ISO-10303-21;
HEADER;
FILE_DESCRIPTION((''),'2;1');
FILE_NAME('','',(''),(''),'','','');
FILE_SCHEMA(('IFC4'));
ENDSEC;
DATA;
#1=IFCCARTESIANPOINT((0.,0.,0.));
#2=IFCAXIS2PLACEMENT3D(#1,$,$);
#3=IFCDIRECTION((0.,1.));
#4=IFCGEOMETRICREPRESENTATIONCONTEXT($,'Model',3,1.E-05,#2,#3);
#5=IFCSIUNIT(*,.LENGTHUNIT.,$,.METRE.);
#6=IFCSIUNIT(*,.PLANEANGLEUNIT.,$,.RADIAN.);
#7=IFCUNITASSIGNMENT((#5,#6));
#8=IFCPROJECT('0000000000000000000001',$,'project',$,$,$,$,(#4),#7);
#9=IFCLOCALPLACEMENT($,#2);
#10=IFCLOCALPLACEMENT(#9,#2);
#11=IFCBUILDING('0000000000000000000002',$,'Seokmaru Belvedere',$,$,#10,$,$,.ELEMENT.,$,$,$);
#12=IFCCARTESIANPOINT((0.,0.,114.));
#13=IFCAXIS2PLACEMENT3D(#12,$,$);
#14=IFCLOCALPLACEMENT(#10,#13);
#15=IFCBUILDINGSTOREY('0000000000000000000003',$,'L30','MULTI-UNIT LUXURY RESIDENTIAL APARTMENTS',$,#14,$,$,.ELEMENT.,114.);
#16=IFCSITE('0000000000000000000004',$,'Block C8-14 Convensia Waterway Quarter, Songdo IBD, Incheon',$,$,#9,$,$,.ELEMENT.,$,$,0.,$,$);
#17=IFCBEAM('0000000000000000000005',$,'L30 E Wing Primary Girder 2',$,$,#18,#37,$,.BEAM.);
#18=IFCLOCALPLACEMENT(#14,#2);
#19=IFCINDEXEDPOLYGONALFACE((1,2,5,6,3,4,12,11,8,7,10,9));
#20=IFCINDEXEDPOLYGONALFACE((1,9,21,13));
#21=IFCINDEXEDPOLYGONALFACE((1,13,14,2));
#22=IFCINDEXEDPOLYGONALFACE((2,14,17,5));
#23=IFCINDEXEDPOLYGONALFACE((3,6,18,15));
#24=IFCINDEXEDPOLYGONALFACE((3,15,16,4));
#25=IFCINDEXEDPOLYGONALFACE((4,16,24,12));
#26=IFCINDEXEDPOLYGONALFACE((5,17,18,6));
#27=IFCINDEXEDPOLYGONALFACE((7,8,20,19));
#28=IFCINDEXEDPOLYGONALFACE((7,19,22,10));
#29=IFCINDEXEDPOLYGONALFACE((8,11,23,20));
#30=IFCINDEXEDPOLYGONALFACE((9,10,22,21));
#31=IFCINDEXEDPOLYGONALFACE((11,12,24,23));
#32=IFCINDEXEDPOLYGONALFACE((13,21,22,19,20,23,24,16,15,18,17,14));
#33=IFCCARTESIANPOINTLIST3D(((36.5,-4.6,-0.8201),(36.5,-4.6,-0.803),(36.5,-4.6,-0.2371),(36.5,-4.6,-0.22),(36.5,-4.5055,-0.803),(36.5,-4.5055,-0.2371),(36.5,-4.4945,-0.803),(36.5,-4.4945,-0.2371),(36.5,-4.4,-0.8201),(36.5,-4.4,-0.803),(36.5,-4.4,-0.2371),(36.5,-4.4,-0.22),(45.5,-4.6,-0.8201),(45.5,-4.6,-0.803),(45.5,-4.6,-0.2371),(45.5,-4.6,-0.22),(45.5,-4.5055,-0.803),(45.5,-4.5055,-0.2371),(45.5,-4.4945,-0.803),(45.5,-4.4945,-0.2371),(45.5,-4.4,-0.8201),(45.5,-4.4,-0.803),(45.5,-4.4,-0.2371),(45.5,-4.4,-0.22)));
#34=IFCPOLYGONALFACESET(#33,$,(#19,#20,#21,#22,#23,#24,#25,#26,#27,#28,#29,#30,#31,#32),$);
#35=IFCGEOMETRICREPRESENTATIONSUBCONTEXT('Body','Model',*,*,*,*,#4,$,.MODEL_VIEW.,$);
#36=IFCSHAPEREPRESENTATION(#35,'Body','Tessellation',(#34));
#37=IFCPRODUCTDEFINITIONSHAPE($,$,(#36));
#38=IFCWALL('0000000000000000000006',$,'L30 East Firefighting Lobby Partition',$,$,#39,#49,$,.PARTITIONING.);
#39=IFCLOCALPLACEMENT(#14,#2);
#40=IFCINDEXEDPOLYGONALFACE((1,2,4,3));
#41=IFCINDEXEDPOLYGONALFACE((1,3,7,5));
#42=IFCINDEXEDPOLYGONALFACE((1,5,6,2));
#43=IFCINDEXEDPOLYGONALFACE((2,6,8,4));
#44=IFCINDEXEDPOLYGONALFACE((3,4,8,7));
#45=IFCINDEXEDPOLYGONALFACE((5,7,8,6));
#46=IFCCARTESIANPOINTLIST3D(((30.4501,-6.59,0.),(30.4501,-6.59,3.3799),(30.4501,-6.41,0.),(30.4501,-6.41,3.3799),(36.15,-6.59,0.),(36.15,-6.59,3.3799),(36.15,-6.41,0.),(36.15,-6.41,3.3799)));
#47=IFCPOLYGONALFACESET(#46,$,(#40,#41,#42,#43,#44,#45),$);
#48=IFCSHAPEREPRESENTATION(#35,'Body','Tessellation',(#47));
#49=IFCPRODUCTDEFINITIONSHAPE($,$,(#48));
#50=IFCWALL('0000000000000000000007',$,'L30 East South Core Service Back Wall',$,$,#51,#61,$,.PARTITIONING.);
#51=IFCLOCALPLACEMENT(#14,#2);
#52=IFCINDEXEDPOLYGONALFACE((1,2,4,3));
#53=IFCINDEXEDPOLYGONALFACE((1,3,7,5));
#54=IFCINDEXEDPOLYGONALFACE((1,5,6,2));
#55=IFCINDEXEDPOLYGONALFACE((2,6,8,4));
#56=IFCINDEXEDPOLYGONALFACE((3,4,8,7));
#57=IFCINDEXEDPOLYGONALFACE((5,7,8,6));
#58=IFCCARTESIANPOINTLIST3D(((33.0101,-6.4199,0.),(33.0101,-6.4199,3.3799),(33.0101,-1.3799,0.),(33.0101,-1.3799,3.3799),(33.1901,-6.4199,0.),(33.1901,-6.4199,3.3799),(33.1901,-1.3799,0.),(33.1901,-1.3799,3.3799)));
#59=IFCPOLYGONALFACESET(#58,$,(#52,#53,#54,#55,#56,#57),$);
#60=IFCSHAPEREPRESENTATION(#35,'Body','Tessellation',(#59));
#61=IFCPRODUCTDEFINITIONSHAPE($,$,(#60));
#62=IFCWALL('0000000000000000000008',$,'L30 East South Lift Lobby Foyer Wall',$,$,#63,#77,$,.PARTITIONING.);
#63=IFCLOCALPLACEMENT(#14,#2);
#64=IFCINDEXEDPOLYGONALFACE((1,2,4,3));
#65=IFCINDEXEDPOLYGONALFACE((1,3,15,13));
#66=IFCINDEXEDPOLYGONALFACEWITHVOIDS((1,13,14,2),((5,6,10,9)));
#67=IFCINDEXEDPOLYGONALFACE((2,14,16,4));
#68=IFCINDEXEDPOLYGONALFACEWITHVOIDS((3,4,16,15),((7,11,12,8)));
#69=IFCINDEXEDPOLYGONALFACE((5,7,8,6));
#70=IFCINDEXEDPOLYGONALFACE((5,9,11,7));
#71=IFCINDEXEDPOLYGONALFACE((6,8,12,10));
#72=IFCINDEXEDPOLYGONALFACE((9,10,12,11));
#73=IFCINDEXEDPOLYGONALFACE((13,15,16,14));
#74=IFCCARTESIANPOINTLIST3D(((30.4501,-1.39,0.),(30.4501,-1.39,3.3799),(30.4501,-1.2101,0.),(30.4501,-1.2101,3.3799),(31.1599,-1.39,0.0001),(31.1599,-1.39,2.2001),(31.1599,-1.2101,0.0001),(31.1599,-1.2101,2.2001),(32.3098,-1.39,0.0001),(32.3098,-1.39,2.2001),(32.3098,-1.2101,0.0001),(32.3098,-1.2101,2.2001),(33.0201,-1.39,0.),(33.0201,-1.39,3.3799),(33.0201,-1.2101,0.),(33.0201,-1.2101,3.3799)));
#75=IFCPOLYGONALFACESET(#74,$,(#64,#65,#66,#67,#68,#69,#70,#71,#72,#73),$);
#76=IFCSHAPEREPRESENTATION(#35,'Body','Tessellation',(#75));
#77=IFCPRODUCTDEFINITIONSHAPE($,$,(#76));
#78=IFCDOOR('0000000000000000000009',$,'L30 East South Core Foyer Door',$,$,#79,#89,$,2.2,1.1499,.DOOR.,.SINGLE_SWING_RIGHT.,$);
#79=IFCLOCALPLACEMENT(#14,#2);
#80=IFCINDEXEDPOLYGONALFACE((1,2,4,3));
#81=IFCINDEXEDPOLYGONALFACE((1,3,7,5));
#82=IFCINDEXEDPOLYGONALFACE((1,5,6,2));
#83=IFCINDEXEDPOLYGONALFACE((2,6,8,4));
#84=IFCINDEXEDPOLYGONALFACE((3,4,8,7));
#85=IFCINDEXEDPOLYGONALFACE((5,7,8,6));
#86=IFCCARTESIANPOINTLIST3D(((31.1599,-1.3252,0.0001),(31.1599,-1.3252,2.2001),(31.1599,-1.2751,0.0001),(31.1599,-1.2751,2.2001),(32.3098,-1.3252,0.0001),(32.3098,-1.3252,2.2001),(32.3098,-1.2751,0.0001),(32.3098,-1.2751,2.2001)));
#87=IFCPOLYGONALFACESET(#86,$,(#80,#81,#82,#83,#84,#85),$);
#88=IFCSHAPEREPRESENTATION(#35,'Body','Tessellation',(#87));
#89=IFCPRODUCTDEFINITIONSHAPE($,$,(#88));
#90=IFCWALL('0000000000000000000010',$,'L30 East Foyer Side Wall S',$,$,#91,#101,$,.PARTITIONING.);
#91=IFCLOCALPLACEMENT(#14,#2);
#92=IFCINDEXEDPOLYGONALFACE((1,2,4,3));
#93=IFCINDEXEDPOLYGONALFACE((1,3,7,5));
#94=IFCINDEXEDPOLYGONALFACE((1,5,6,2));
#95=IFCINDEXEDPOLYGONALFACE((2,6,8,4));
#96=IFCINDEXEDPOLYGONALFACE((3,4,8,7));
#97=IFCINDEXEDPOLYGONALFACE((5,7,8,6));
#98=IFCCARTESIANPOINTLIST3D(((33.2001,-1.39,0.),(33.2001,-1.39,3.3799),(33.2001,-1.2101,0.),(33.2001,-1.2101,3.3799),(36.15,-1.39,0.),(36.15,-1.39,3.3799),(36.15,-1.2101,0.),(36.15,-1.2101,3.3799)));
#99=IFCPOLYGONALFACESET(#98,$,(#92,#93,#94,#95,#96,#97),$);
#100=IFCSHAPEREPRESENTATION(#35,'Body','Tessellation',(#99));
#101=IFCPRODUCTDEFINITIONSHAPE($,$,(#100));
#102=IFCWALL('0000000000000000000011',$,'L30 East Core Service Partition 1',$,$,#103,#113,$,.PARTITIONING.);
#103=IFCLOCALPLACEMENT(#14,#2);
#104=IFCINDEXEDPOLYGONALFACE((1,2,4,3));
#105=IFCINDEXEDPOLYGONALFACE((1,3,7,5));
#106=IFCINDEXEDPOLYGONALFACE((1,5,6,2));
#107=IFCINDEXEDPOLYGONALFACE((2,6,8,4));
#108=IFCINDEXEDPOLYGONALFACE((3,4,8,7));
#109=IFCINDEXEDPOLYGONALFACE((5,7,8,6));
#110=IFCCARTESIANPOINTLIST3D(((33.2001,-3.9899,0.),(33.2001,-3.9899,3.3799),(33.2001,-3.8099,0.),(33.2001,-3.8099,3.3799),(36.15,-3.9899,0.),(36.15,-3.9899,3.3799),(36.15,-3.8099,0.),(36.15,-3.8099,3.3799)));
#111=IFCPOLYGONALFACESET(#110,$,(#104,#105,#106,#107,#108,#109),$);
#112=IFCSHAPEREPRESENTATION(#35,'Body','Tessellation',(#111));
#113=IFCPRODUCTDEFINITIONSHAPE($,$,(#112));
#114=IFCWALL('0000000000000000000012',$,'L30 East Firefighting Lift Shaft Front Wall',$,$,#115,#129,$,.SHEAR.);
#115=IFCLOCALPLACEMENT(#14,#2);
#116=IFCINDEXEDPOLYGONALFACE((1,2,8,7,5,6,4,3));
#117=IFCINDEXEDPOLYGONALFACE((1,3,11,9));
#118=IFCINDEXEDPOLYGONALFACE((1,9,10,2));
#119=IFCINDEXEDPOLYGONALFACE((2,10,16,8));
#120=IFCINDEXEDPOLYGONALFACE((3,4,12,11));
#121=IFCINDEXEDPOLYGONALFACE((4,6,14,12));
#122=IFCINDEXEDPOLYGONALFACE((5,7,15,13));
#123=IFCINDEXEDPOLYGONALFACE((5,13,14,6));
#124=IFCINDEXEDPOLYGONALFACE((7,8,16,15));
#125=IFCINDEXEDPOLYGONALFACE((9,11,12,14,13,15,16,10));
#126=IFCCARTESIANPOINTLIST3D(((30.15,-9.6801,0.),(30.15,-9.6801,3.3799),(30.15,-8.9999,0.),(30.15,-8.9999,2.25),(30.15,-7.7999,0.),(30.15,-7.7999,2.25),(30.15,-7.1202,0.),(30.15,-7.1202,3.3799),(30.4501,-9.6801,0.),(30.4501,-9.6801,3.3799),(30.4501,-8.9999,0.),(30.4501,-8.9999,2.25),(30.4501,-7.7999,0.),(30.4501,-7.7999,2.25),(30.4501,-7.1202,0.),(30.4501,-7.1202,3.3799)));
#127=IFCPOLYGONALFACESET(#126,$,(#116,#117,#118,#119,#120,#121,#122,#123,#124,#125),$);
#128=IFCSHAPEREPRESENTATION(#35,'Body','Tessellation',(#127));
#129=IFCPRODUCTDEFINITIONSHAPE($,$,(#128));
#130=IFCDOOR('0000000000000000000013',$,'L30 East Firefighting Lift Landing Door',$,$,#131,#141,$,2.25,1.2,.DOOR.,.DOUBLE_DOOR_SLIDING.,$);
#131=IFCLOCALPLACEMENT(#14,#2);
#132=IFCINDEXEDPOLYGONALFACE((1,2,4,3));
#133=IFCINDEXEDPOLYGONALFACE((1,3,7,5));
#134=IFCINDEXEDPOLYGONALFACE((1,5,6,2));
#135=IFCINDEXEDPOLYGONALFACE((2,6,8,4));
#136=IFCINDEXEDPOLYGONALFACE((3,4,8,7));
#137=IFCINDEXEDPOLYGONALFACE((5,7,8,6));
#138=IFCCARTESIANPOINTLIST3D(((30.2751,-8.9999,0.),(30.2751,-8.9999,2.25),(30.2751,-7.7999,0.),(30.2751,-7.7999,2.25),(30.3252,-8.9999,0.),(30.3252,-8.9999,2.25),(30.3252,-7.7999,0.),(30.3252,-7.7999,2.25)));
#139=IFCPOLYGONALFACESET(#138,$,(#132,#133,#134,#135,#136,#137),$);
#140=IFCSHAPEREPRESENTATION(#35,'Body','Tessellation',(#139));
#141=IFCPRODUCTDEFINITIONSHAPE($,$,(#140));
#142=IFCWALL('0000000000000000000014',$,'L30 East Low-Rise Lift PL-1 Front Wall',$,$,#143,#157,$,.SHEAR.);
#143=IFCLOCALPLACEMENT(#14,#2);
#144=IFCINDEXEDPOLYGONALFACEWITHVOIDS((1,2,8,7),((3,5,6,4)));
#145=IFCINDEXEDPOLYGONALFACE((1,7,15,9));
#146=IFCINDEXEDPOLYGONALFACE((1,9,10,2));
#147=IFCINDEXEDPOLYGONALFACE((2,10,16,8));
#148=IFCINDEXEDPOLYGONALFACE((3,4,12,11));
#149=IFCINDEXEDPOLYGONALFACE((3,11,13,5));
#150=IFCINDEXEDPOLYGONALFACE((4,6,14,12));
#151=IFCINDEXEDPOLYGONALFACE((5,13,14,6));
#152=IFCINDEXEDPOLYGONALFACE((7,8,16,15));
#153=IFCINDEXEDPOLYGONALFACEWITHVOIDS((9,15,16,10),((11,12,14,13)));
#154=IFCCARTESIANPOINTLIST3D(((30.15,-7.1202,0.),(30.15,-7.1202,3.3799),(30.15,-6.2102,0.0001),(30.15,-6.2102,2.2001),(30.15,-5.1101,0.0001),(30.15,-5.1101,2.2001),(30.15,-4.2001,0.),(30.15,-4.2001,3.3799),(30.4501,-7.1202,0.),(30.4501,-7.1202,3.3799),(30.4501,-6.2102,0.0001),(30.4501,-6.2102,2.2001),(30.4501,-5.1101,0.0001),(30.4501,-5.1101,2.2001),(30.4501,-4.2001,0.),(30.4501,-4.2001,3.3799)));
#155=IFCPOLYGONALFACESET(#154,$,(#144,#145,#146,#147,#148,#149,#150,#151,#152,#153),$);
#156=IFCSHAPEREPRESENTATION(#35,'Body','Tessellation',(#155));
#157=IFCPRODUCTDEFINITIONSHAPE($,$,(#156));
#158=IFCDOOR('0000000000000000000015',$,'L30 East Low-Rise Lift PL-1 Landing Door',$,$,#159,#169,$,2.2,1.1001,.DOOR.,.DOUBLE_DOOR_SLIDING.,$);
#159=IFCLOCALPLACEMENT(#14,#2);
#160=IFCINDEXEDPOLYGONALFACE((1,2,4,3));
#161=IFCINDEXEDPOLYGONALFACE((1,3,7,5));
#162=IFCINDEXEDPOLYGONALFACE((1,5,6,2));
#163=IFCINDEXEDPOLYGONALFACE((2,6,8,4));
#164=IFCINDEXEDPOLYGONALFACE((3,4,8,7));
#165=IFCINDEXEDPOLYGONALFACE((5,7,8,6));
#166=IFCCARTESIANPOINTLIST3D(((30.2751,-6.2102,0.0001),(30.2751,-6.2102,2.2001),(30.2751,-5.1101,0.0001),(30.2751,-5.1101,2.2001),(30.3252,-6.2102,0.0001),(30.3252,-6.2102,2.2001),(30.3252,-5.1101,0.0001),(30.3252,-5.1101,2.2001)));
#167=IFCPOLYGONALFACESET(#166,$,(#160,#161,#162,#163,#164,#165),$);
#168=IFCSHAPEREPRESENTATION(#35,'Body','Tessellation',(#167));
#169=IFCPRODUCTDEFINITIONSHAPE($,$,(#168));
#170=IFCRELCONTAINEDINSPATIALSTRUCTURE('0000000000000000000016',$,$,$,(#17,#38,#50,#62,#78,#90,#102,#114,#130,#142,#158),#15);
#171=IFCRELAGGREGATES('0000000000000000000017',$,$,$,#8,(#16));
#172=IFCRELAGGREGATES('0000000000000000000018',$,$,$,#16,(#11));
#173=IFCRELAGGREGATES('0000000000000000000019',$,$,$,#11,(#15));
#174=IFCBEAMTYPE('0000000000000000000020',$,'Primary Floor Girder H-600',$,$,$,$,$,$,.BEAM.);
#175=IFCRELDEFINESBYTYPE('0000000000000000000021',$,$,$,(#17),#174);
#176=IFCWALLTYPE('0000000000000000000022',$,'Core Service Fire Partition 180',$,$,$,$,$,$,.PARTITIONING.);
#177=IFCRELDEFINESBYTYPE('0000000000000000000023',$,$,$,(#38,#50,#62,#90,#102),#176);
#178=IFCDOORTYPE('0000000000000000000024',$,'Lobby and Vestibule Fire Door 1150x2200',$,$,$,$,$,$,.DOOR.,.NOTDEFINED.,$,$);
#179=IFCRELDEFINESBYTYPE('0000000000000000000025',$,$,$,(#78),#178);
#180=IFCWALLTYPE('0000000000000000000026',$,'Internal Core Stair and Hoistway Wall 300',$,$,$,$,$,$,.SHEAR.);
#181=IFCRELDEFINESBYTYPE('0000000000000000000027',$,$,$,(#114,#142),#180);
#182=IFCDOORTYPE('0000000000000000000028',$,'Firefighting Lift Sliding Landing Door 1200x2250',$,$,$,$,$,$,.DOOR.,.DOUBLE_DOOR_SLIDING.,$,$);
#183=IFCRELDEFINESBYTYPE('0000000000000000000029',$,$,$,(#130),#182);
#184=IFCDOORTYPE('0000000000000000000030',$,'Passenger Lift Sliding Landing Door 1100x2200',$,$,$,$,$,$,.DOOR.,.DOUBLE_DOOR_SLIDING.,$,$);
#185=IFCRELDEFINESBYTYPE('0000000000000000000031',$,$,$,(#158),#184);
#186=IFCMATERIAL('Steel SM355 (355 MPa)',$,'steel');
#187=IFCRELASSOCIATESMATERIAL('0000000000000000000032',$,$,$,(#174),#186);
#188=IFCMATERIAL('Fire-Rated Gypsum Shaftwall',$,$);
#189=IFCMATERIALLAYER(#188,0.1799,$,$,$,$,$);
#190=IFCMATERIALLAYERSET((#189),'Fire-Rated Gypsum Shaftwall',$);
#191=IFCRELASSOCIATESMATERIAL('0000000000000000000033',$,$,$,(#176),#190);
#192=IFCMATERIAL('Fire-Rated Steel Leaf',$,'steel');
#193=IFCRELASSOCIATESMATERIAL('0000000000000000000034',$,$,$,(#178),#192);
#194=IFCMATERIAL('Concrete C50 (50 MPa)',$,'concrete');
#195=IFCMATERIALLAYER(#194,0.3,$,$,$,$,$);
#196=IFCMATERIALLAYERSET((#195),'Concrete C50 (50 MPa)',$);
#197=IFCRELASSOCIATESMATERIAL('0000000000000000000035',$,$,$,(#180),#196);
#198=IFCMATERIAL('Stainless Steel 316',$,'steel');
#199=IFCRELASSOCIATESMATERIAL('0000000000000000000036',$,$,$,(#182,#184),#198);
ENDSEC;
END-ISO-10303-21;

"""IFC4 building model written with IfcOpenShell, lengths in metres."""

from ifc_helpers import new_model, si_unit, direction, frame, frame_2d, origin, origin_2d, place, context, subcontext, project, spatial, rectangle, i_section, extrude, source, transform, mapped, material, layer, layer_set, material_profile, profile_set, type_object, type_shapes, element, fill, save


model = new_model("IFC4")

# Units and contexts
model_context = context("Model", 3, precision=1e-05, world=origin(), true_north=direction((0.0, 1.0)))
body_context = subcontext(model_context, "Body", "Model", "MODEL_VIEW")
ifc_project = project(units=[si_unit("LENGTHUNIT", "METRE"), si_unit("PLANEANGLEUNIT", "RADIAN")], contexts=[model_context])

# Site, building, storey
site_placement = place(None, origin())
site = spatial("IfcSite", under=ifc_project, at=site_placement, Name="Block C8-14 Convensia Waterway Quarter, Songdo IBD, Incheon", CompositionType="ELEMENT", RefElevation=0.0)
building_placement = place(site_placement, origin())
building = spatial("IfcBuilding", under=site, at=building_placement, Name="Seokmaru Belvedere", CompositionType="ELEMENT")
storey_placement = place(building_placement, frame((0.0, 0.0, 114.0)))
storey = spatial("IfcBuildingStorey", under=building, at=storey_placement, Name="L30", Description="MULTI-UNIT LUXURY RESIDENTIAL APARTMENTS", CompositionType="ELEMENT", Elevation=114.0)

# Beam
ifc_material_1 = material(Name="Steel SM355 (355 MPa)", Category="steel")
ifc_material_profile = material_profile(ifc_material_1, i_section(OverallWidth=0.2, OverallDepth=0.6001, WebThickness=0.011, FlangeThickness=0.0171, at=origin_2d()), Name="H-600x200x11x17")
ifc_profile_set = profile_set([ifc_material_profile], Name="Steel SM355 (355 MPa)")
beam_type = type_object("IfcBeamType", Name="Primary Floor Girder H-600", PredefinedType="BEAM", material=ifc_profile_set)
shared_shape_1 = source(origin(), body_context, "Body", "SweptSolid", [
    extrude(i_section(OverallWidth=0.2, OverallDepth=0.6001, WebThickness=0.011, FlangeThickness=0.0171, at=origin_2d()), origin(), (0.0, 0.0, 1.0), 9.0),
])
type_shapes(beam_type, [shared_shape_1])
beam_placement = place(storey_placement, frame((36.5, -4.5, -0.52), z_axis=(1.0, 0.0, 0.0), x_axis=(0.0, 1.0, 0.0)))
element("IfcBeam", 1, at=beam_placement, inside=storey, type_object=beam_type, Name="L30 E Wing Primary Girder 2", PredefinedType="BEAM", context=body_context, shape_type="MappedRepresentation", body=[
    mapped(shared_shape_1, transform((0.0, 0.0, 0.0), scale=1.0)),
])

# Walls
ifc_material_2 = material(Name="Fire-Rated Gypsum Shaftwall")
ifc_layer_1 = layer(ifc_material_2, 0.1799)
ifc_layer_set_1 = layer_set([ifc_layer_1], Name="Fire-Rated Gypsum Shaftwall")
wall_type_1 = type_object("IfcWallType", Name="Core Service Fire Partition 180", PredefinedType="PARTITIONING", material=ifc_layer_set_1)
wall_1_placement = place(storey_placement, frame((30.45, -6.5, 0.0), z_axis=(0.0, 0.0, 1.0), x_axis=(1.0, 0.0, 0.0)))
element("IfcWall", 2, at=wall_1_placement, inside=storey, type_object=wall_type_1, Name="L30 East Firefighting Lobby Partition", PredefinedType="PARTITIONING", context=body_context, shape_type="SweptSolid", body=[
    extrude(rectangle(XDim=5.7, YDim=0.1799, at=frame_2d((2.8501, 0.0))), origin(), (0.0, 0.0, 1.0), 3.3799),
])
wall_2_placement = place(storey_placement, frame((33.1001, -6.4199, 0.0), z_axis=(0.0, 0.0, 1.0), x_axis=(0.0, 1.0, 0.0)))
element("IfcWall", 3, at=wall_2_placement, inside=storey, type_object=wall_type_1, Name="L30 East South Core Service Back Wall", PredefinedType="PARTITIONING", context=body_context, shape_type="SweptSolid", body=[
    extrude(rectangle(XDim=5.04, YDim=0.1799, at=frame_2d((2.52, 0.0))), origin(), (0.0, 0.0, 1.0), 3.3799),
])

# Wall, opening, door
wall_3_placement = place(storey_placement, frame((30.45, -1.3, 0.0), z_axis=(0.0, 0.0, 1.0), x_axis=(1.0, 0.0, 0.0)))
wall_3 = element("IfcWall", 4, at=wall_3_placement, inside=storey, type_object=wall_type_1, Name="L30 East South Lift Lobby Foyer Wall", PredefinedType="PARTITIONING", context=body_context, shape_type="SweptSolid", body=[
    extrude(rectangle(XDim=2.5701, YDim=0.1799, at=frame_2d((1.2852, 0.0))), origin(), (0.0, 0.0, 1.0), 3.3799),
])
opening_1_placement = place(wall_3_placement, frame((0.71, 0.0, 0.0)))
opening_1 = element("IfcOpeningElement", 5, at=opening_1_placement, cuts=wall_3, PredefinedType="OPENING", context=body_context, shape_type="SweptSolid", body=[
    extrude(rectangle(XDim=1.1499, YDim=2.2, at=frame_2d((0.575, 1.1001))), frame((0.0, 0.1001, 0.0), z_axis=(0.0, -1.0, 0.0), x_axis=(1.0, 0.0, 0.0)), (0.0, 0.0, 1.0), 0.2),
])
ifc_material_3 = material(Name="Fire-Rated Steel Leaf", Category="steel")
door_type_1 = type_object("IfcDoorType", Name="Lobby and Vestibule Fire Door 1150x2200", OperationType="NOTDEFINED", PredefinedType="DOOR", material=ifc_material_3)
shared_shape_2 = source(origin(), body_context, "Body", "SweptSolid", [
    extrude(rectangle(XDim=1.1499, YDim=2.2, at=frame_2d((0.575, 1.1001))), frame((0.0, 0.0249, 0.0), z_axis=(0.0, -1.0, 0.0), x_axis=(1.0, 0.0, 0.0)), (0.0, 0.0, 1.0), 0.05),
])
type_shapes(door_type_1, [shared_shape_2])
door_1_placement = place(opening_1_placement, origin())
door_1 = element("IfcDoor", 6, at=door_1_placement, inside=storey, type_object=door_type_1, Name="L30 East South Core Foyer Door", OperationType="SINGLE_SWING_RIGHT", OverallHeight=2.2, OverallWidth=1.1499, PredefinedType="DOOR", context=body_context, shape_type="MappedRepresentation", body=[
    mapped(shared_shape_2, transform((0.0, 0.0, 0.0), scale=1.0)),
])
fill(opening_1, door_1)

# Walls
for number, where, z_axis, x_axis, name in (
    (7, (33.2, -1.3, 0.0), (0.0, 0.0, 1.0), (1.0, 0.0, 0.0), "L30 East Foyer Side Wall S"),
    (8, (33.2, -3.8999, 0.0), (0.0, 0.0, 1.0), (1.0, 0.0, 0.0), "L30 East Core Service Partition 1"),
):
    element("IfcWall", number, at=place(storey_placement, frame(where, z_axis=z_axis, x_axis=x_axis)), inside=storey, type_object=wall_type_1, Name=name, PredefinedType="PARTITIONING", context=body_context, shape_type="SweptSolid", body=[
        extrude(rectangle(XDim=2.95, YDim=0.1799, at=frame_2d((1.4751, 0.0))), origin(), (0.0, 0.0, 1.0), 3.3799),
    ])

# Walls, openings, doors
ifc_material_4 = material(Name="Concrete C50 (50 MPa)", Category="concrete")
ifc_layer_2 = layer(ifc_material_4, 0.3)
ifc_layer_set_2 = layer_set([ifc_layer_2], Name="Concrete C50 (50 MPa)")
wall_type_2 = type_object("IfcWallType", Name="Internal Core Stair and Hoistway Wall 300", PredefinedType="SHEAR", material=ifc_layer_set_2)
wall_4_placement = place(storey_placement, frame((30.3, -9.6799, 0.0), z_axis=(0.0, 0.0, 1.0), x_axis=(0.0, 1.0, 0.0)))
wall_4 = element("IfcWall", 9, at=wall_4_placement, inside=storey, type_object=wall_type_2, Name="L30 East Firefighting Lift Shaft Front Wall", PredefinedType="SHEAR", context=body_context, shape_type="SweptSolid", body=[
    extrude(rectangle(XDim=2.5598, YDim=0.3, at=frame_2d((1.2798, 0.0))), origin(), (0.0, 0.0, 1.0), 3.3799),
])
opening_2_placement = place(wall_4_placement, frame((0.6799, 0.0, 0.0)))
opening_2 = element("IfcOpeningElement", 10, at=opening_2_placement, cuts=wall_4, PredefinedType="OPENING", context=body_context, shape_type="SweptSolid", body=[
    extrude(rectangle(XDim=1.2, YDim=2.25, at=frame_2d((0.6001, 1.125))), frame((0.0, 0.1602, 0.0), z_axis=(0.0, -1.0, 0.0), x_axis=(1.0, 0.0, 0.0)), (0.0, 0.0, 1.0), 0.3201),
])
ifc_material_5 = material(Name="Stainless Steel 316", Category="steel")
door_type_2 = type_object("IfcDoorType", Name="Firefighting Lift Sliding Landing Door 1200x2250", OperationType="DOUBLE_DOOR_SLIDING", PredefinedType="DOOR", material=ifc_material_5)
shared_shape_3 = source(origin(), body_context, "Body", "SweptSolid", [
    extrude(rectangle(XDim=1.2, YDim=2.25, at=frame_2d((0.6001, 1.125))), frame((0.0, 0.0249, 0.0), z_axis=(0.0, -1.0, 0.0), x_axis=(1.0, 0.0, 0.0)), (0.0, 0.0, 1.0), 0.05),
])
type_shapes(door_type_2, [shared_shape_3])
door_2_placement = place(opening_2_placement, origin())
door_2 = element("IfcDoor", 11, at=door_2_placement, inside=storey, type_object=door_type_2, Name="L30 East Firefighting Lift Landing Door", OperationType="DOUBLE_DOOR_SLIDING", OverallHeight=2.25, OverallWidth=1.2, PredefinedType="DOOR", context=body_context, shape_type="MappedRepresentation", body=[
    mapped(shared_shape_3, transform((0.0, 0.0, 0.0), scale=1.0)),
])
fill(opening_2, door_2)
wall_5_placement = place(storey_placement, frame((30.3, -7.1201, 0.0), z_axis=(0.0, 0.0, 1.0), x_axis=(0.0, 1.0, 0.0)))
wall_5 = element("IfcWall", 12, at=wall_5_placement, inside=storey, type_object=wall_type_2, Name="L30 East Low-Rise Lift PL-1 Front Wall", PredefinedType="SHEAR", context=body_context, shape_type="SweptSolid", body=[
    extrude(rectangle(XDim=2.9202, YDim=0.3, at=frame_2d((1.46, 0.0))), origin(), (0.0, 0.0, 1.0), 3.3799),
])
opening_3_placement = place(wall_5_placement, frame((0.9099, 0.0, 0.0)))
opening_3 = element("IfcOpeningElement", 13, at=opening_3_placement, cuts=wall_5, PredefinedType="OPENING", context=body_context, shape_type="SweptSolid", body=[
    extrude(rectangle(XDim=1.1001, YDim=2.2, at=frame_2d((0.55, 1.1001))), frame((0.0, 0.1602, 0.0), z_axis=(0.0, -1.0, 0.0), x_axis=(1.0, 0.0, 0.0)), (0.0, 0.0, 1.0), 0.3201),
])
door_type_3 = type_object("IfcDoorType", Name="Passenger Lift Sliding Landing Door 1100x2200", OperationType="DOUBLE_DOOR_SLIDING", PredefinedType="DOOR", material=ifc_material_5)
shared_shape_4 = source(origin(), body_context, "Body", "SweptSolid", [
    extrude(rectangle(XDim=1.1001, YDim=2.2, at=frame_2d((0.55, 1.1001))), frame((0.0, 0.0249, 0.0), z_axis=(0.0, -1.0, 0.0), x_axis=(1.0, 0.0, 0.0)), (0.0, 0.0, 1.0), 0.05),
])
type_shapes(door_type_3, [shared_shape_4])
door_3_placement = place(opening_3_placement, origin())
door_3 = element("IfcDoor", 14, at=door_3_placement, inside=storey, type_object=door_type_3, Name="L30 East Low-Rise Lift PL-1 Landing Door", OperationType="DOUBLE_DOOR_SLIDING", OverallHeight=2.2, OverallWidth=1.1001, PredefinedType="DOOR", context=body_context, shape_type="MappedRepresentation", body=[
    mapped(shared_shape_4, transform((0.0, 0.0, 0.0), scale=1.0)),
])
fill(opening_3, door_3)

save(model, "model.ifc")
